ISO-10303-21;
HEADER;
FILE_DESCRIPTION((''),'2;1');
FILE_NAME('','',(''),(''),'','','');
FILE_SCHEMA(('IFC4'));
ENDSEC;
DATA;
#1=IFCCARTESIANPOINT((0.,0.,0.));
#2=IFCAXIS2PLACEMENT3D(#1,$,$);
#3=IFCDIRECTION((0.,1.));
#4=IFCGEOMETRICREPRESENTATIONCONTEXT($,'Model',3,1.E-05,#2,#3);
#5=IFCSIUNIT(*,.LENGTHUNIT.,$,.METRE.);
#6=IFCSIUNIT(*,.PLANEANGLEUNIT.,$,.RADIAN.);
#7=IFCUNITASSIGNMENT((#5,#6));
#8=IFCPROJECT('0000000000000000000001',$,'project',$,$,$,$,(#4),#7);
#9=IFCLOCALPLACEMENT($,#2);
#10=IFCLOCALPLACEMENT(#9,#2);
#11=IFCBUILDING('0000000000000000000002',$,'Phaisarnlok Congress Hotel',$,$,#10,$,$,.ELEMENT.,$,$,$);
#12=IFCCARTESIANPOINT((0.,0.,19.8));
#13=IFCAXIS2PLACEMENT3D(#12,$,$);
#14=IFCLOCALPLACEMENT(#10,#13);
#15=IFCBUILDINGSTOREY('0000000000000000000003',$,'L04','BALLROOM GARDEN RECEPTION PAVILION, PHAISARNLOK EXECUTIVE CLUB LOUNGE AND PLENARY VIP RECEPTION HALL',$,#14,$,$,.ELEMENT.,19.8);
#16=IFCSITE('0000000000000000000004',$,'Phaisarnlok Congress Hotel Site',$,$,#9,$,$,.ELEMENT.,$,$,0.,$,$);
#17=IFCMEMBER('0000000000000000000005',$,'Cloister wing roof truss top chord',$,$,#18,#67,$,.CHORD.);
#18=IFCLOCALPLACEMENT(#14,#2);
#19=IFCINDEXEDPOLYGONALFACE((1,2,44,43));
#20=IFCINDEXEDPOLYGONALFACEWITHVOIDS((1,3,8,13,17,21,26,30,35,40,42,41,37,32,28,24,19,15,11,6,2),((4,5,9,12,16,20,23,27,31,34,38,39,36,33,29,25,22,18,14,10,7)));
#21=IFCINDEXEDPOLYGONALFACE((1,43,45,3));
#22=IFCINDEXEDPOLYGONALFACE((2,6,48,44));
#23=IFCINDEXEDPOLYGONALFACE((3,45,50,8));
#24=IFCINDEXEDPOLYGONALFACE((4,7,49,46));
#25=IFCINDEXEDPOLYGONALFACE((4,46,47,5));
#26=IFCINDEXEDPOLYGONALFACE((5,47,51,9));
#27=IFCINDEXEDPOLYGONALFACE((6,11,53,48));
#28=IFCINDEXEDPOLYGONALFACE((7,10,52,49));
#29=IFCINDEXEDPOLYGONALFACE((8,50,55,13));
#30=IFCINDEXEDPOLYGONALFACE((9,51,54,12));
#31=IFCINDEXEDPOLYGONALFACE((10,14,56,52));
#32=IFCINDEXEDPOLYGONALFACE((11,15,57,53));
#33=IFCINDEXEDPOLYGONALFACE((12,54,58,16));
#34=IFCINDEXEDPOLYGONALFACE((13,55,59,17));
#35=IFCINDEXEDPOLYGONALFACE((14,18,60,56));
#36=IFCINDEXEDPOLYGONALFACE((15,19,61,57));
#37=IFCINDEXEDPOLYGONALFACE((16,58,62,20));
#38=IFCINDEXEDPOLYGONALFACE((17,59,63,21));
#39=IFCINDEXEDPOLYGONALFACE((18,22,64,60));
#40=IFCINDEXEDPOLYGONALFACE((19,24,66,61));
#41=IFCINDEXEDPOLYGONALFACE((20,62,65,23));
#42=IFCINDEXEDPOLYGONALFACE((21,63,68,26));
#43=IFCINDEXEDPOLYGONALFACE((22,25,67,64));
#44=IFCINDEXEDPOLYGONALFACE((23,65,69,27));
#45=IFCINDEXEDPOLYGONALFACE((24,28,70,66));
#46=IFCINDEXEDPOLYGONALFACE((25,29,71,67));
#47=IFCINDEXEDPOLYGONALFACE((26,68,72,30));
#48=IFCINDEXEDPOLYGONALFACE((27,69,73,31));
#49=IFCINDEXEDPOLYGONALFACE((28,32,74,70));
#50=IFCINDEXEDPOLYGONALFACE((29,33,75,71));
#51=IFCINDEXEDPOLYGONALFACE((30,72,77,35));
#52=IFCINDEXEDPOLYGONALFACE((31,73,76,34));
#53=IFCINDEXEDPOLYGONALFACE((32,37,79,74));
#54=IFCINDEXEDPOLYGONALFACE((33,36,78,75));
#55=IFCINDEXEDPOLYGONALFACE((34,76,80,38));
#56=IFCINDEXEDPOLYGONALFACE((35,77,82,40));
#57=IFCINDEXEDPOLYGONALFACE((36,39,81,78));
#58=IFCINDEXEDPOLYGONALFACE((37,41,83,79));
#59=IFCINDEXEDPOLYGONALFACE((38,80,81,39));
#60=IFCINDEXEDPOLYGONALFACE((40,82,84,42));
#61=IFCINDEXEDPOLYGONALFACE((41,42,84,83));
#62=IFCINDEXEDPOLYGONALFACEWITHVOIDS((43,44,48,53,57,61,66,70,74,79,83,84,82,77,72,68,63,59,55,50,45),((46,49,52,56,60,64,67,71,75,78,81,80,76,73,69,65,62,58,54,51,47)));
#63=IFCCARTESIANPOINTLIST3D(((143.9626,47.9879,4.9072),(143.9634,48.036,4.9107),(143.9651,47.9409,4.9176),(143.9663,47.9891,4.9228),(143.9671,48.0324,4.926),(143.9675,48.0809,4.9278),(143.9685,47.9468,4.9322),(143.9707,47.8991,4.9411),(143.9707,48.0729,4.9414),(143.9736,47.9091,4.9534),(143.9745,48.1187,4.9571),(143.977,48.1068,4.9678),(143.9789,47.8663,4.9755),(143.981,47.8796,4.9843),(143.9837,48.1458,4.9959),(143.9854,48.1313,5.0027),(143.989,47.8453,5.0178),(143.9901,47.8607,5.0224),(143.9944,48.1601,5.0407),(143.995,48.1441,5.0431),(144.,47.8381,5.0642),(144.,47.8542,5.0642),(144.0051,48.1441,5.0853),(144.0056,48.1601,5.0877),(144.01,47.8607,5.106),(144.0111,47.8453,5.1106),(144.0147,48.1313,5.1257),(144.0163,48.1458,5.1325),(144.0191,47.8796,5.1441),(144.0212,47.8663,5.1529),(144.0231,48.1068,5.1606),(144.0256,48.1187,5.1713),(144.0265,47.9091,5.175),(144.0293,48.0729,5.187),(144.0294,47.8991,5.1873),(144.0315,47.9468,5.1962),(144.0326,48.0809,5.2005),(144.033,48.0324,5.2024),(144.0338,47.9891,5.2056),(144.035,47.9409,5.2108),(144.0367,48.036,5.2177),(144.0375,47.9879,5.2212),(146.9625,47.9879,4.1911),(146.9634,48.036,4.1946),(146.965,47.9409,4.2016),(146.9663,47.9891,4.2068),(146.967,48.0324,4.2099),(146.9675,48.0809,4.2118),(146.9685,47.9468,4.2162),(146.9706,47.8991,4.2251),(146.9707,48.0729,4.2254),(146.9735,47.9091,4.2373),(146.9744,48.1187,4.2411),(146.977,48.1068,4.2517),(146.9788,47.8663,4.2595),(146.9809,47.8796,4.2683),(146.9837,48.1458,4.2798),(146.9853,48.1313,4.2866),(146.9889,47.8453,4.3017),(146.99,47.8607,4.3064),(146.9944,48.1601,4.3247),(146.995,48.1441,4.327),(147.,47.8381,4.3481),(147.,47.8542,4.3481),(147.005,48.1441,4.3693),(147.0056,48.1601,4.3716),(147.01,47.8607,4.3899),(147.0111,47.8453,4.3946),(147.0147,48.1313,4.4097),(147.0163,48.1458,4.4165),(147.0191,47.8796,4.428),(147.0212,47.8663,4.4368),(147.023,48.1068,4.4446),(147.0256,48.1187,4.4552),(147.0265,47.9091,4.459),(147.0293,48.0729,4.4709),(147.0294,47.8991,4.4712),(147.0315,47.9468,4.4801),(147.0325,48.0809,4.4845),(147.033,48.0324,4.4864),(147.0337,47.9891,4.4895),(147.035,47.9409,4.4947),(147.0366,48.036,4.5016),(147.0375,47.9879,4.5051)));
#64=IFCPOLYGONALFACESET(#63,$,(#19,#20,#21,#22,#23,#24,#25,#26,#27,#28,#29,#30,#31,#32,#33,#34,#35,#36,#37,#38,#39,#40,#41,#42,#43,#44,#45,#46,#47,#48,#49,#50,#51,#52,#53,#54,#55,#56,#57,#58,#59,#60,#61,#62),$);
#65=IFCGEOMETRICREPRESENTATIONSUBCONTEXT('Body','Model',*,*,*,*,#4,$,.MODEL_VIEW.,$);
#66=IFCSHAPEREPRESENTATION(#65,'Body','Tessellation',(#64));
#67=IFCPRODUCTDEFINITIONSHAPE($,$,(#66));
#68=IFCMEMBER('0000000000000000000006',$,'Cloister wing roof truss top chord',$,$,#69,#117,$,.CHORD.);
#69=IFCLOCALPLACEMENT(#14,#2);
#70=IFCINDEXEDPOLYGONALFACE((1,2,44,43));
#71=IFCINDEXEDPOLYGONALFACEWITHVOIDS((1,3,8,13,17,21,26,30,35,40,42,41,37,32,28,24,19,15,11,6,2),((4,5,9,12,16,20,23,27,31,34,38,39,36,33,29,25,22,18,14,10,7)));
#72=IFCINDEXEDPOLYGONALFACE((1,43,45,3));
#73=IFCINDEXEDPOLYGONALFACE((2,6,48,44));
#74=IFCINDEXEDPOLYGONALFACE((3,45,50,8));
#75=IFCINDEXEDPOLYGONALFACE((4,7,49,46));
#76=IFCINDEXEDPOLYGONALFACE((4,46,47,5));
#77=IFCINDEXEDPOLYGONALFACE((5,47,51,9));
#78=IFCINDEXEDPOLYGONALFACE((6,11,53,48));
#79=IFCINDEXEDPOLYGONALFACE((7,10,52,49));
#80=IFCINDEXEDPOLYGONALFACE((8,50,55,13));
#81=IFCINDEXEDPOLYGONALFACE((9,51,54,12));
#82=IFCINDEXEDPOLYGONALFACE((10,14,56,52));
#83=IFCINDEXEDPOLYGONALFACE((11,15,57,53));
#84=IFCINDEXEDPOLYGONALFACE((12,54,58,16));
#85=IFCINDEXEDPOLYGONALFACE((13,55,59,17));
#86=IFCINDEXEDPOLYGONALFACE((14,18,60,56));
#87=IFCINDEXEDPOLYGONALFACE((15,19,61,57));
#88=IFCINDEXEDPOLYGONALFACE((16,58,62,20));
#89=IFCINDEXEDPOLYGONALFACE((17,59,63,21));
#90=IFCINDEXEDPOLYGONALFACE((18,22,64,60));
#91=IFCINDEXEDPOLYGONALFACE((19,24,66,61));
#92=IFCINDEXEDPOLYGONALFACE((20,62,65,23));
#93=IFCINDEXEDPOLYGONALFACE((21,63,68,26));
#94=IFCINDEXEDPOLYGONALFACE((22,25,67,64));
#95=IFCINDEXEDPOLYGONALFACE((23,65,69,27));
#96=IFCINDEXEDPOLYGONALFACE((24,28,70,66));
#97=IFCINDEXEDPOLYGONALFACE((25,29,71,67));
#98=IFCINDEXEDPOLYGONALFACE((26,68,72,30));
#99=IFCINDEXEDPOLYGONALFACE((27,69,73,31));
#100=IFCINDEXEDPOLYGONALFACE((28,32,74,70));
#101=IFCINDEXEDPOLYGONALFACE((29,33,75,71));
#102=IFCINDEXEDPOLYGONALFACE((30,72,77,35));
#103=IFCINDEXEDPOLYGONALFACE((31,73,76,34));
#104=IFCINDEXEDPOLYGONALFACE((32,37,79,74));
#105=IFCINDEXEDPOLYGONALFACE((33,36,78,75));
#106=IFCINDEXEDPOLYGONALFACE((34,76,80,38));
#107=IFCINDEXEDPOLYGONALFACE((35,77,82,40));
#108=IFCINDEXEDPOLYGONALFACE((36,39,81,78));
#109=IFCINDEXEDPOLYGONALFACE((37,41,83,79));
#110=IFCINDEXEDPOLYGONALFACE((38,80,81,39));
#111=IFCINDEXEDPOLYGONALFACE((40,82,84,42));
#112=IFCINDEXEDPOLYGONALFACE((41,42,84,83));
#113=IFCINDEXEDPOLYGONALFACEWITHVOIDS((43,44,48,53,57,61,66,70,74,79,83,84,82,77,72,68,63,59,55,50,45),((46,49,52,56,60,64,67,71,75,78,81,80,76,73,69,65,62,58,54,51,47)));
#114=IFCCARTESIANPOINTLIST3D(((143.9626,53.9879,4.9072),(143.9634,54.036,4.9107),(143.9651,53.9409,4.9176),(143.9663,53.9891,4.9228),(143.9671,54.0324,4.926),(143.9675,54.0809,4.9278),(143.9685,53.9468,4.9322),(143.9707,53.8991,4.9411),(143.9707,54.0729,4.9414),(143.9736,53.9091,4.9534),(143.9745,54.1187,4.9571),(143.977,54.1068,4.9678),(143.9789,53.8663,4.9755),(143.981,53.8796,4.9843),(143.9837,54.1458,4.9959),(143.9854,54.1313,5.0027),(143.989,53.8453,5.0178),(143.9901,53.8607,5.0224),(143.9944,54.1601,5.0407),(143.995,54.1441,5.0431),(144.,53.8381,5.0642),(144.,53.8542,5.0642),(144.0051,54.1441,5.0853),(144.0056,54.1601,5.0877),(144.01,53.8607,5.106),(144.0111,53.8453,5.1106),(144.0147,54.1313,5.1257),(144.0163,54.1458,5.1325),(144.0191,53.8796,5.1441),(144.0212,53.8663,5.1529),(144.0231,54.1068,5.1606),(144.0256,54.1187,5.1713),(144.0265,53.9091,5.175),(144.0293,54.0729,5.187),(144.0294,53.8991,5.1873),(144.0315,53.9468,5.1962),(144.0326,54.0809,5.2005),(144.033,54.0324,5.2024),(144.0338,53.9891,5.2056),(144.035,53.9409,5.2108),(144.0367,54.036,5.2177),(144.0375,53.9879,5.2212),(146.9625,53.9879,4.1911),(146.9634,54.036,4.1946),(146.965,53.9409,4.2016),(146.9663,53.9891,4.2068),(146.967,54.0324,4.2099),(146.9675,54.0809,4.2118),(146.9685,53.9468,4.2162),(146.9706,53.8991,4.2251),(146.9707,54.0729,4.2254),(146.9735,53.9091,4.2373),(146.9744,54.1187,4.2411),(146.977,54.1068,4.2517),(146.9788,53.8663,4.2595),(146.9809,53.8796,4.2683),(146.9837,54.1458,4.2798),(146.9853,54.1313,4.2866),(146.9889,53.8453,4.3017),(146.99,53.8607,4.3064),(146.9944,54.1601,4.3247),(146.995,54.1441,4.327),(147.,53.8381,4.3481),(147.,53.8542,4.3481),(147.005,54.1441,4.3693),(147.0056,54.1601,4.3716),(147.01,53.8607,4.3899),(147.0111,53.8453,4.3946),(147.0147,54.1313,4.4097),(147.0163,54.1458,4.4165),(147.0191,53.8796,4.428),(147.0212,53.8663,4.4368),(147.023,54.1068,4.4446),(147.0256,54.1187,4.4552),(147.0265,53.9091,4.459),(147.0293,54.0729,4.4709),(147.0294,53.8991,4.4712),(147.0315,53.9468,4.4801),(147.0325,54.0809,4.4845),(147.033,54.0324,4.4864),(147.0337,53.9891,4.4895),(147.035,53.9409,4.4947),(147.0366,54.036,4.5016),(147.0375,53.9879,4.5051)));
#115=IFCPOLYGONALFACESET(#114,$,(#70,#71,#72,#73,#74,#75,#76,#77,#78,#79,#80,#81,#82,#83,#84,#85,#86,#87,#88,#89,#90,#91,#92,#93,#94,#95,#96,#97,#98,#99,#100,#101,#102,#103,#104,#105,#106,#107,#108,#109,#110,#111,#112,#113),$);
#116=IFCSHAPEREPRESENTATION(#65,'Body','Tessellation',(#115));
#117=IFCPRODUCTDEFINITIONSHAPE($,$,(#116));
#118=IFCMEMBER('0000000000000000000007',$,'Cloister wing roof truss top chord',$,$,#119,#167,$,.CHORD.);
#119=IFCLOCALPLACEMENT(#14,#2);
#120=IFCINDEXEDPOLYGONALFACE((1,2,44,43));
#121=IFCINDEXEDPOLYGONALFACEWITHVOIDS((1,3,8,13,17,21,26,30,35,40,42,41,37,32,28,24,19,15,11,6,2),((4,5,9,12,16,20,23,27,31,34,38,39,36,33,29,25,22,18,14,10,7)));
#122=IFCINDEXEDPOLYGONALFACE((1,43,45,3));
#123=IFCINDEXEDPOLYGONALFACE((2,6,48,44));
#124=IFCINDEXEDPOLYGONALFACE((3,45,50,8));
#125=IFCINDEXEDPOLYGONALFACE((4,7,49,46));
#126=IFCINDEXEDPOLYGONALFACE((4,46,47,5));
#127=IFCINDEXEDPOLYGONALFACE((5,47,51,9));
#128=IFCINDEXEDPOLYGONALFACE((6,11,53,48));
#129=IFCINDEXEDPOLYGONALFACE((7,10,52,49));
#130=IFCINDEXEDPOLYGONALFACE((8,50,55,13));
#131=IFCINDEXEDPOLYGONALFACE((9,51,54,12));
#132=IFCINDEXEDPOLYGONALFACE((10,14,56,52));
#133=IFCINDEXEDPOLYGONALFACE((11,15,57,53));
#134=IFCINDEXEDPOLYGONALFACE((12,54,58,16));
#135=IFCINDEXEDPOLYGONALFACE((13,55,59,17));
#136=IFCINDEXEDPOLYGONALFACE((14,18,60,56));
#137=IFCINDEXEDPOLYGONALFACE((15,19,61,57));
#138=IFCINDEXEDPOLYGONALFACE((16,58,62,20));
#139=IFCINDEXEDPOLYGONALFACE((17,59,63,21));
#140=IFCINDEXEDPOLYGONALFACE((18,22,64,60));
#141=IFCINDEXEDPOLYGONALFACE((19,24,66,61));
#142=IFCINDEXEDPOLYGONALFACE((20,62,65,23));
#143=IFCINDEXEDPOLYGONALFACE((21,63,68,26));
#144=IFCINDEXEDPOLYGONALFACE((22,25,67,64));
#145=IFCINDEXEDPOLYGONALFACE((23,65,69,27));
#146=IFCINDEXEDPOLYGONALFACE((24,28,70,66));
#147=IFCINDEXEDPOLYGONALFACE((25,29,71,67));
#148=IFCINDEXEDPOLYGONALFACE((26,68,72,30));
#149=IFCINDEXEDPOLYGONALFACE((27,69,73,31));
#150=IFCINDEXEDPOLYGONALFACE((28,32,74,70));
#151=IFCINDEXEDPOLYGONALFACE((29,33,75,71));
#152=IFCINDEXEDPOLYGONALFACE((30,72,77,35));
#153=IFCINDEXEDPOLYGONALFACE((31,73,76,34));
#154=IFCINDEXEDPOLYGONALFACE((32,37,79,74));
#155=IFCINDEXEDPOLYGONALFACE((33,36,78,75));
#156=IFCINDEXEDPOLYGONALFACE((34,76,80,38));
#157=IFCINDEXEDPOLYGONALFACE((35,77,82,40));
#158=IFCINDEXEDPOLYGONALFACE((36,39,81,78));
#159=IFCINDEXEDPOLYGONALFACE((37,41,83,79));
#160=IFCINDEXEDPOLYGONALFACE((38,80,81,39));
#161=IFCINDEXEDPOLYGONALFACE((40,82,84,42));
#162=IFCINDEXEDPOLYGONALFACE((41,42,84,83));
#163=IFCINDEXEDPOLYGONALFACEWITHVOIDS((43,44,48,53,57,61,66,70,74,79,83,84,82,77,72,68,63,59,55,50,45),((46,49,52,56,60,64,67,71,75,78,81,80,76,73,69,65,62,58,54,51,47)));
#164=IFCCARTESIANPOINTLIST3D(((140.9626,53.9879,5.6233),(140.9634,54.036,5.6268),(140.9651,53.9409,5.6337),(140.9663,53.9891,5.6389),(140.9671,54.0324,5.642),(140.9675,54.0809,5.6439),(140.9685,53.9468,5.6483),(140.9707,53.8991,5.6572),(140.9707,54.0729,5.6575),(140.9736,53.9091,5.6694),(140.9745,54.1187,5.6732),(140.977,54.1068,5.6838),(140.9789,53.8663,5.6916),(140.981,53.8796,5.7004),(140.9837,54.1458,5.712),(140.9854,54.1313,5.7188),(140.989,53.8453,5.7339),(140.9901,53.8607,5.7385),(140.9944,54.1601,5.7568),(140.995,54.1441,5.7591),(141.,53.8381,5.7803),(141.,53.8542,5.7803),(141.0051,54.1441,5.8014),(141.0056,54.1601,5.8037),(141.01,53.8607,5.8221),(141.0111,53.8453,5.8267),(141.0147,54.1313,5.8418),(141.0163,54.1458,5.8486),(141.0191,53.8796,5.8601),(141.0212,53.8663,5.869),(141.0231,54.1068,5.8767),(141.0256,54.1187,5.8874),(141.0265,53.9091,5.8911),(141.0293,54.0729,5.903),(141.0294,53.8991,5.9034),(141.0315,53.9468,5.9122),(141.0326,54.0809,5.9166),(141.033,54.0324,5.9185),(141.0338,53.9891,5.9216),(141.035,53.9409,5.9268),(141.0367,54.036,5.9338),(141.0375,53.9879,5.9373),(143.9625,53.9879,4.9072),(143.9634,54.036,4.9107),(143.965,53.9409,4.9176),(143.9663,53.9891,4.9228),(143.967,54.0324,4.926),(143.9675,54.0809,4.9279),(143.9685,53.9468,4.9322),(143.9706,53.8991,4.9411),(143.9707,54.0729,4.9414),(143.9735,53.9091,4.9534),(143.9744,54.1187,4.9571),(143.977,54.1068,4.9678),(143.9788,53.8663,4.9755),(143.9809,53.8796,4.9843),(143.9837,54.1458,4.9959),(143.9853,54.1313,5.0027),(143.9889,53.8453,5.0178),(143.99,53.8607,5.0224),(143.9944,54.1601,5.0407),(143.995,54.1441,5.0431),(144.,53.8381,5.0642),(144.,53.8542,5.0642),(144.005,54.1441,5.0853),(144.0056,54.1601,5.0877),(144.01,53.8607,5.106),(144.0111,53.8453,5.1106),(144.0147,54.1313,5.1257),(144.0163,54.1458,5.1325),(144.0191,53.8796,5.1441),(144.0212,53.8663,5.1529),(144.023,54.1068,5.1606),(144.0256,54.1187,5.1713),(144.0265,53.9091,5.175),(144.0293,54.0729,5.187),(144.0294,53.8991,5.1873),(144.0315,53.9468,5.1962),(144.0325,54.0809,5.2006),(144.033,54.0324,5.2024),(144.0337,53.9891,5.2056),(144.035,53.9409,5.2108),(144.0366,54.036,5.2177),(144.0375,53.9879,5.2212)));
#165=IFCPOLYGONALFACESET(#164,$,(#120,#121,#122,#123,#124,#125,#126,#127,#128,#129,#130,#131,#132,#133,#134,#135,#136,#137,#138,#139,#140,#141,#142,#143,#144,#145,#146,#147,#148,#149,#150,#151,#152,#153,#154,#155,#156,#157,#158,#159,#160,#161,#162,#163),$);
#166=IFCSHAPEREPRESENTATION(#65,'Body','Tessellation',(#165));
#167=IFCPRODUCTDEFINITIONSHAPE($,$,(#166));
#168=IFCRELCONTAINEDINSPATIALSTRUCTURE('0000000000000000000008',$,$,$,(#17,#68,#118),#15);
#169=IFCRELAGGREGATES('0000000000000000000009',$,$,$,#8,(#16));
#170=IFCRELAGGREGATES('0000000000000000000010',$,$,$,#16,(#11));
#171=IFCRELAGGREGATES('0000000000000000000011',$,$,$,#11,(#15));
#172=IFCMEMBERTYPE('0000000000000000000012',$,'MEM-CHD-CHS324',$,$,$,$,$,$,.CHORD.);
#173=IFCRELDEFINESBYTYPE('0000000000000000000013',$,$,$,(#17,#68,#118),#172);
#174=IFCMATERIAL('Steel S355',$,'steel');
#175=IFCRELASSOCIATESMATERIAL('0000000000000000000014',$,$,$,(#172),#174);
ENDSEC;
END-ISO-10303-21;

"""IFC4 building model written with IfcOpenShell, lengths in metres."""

from ifc_helpers import new_model, si_unit, direction, frame, origin, origin_2d, place, context, subcontext, project, spatial, hollow_circle, extrude, material, material_profile, profile_set, type_object, element, save


model = new_model("IFC4")

# Units and contexts
model_context = context("Model", 3, precision=1e-05, world=origin(), true_north=direction((0.0, 1.0)))
body_context = subcontext(model_context, "Body", "Model", "MODEL_VIEW")
ifc_project = project(units=[si_unit("LENGTHUNIT", "METRE"), si_unit("PLANEANGLEUNIT", "RADIAN")], contexts=[model_context])

# Site, building, storey
site_placement = place(None, origin())
site = spatial("IfcSite", under=ifc_project, at=site_placement, Name="Phaisarnlok Congress Hotel Site", CompositionType="ELEMENT", RefElevation=0.0)
building_placement = place(site_placement, origin())
building = spatial("IfcBuilding", under=site, at=building_placement, Name="Phaisarnlok Congress Hotel", CompositionType="ELEMENT")
storey_placement = place(building_placement, frame((0.0, 0.0, 19.8)))
storey = spatial("IfcBuildingStorey", under=building, at=storey_placement, Name="L04", Description="BALLROOM GARDEN RECEPTION PAVILION, PHAISARNLOK EXECUTIVE CLUB LOUNGE AND PLENARY VIP RECEPTION HALL", CompositionType="ELEMENT", Elevation=19.8)

# Shared definitions
ifc_material = material(Name="Steel S355", Category="steel")

# Members
ifc_material_profile_1 = material_profile(ifc_material, hollow_circle(Radius=0.1619, WallThickness=0.0161, at=origin_2d()), Name="CHS 323.9x16")
ifc_profile_set_1 = profile_set([ifc_material_profile_1], Name="Steel S355")
member_type_1 = type_object("IfcMemberType", Name="MEM-CHD-CHS324", PredefinedType="CHORD", material=ifc_profile_set_1)
for number, where, z_axis, x_axis, name in (
    (1, (147.0, 48.0, 4.3481), (-0.972676, 0.0, 0.232166), (0.0, -1.0, 0.0), "Cloister wing roof truss top chord"),
    (2, (147.0, 54.0, 4.3481), (-0.972676, 0.0, 0.232166), (0.0, -1.0, 0.0), "Cloister wing roof truss top chord"),
    (3, (144.0, 54.0, 5.0642), (-0.972676, 0.0, 0.232166), (0.0, -1.0, 0.0), "Cloister wing roof truss top chord"),
):
    element("IfcMember", number, at=place(storey_placement, frame(where, z_axis=z_axis, x_axis=x_axis)), inside=storey, type_object=member_type_1, Name=name, PredefinedType="CHORD", context=body_context, shape_type="SweptSolid", body=[
        extrude(hollow_circle(Radius=0.1619, WallThickness=0.0161, at=origin_2d()), origin(), (0.0, 0.0, 1.0), 3.0842),
    ])

save(model, "model.ifc")
